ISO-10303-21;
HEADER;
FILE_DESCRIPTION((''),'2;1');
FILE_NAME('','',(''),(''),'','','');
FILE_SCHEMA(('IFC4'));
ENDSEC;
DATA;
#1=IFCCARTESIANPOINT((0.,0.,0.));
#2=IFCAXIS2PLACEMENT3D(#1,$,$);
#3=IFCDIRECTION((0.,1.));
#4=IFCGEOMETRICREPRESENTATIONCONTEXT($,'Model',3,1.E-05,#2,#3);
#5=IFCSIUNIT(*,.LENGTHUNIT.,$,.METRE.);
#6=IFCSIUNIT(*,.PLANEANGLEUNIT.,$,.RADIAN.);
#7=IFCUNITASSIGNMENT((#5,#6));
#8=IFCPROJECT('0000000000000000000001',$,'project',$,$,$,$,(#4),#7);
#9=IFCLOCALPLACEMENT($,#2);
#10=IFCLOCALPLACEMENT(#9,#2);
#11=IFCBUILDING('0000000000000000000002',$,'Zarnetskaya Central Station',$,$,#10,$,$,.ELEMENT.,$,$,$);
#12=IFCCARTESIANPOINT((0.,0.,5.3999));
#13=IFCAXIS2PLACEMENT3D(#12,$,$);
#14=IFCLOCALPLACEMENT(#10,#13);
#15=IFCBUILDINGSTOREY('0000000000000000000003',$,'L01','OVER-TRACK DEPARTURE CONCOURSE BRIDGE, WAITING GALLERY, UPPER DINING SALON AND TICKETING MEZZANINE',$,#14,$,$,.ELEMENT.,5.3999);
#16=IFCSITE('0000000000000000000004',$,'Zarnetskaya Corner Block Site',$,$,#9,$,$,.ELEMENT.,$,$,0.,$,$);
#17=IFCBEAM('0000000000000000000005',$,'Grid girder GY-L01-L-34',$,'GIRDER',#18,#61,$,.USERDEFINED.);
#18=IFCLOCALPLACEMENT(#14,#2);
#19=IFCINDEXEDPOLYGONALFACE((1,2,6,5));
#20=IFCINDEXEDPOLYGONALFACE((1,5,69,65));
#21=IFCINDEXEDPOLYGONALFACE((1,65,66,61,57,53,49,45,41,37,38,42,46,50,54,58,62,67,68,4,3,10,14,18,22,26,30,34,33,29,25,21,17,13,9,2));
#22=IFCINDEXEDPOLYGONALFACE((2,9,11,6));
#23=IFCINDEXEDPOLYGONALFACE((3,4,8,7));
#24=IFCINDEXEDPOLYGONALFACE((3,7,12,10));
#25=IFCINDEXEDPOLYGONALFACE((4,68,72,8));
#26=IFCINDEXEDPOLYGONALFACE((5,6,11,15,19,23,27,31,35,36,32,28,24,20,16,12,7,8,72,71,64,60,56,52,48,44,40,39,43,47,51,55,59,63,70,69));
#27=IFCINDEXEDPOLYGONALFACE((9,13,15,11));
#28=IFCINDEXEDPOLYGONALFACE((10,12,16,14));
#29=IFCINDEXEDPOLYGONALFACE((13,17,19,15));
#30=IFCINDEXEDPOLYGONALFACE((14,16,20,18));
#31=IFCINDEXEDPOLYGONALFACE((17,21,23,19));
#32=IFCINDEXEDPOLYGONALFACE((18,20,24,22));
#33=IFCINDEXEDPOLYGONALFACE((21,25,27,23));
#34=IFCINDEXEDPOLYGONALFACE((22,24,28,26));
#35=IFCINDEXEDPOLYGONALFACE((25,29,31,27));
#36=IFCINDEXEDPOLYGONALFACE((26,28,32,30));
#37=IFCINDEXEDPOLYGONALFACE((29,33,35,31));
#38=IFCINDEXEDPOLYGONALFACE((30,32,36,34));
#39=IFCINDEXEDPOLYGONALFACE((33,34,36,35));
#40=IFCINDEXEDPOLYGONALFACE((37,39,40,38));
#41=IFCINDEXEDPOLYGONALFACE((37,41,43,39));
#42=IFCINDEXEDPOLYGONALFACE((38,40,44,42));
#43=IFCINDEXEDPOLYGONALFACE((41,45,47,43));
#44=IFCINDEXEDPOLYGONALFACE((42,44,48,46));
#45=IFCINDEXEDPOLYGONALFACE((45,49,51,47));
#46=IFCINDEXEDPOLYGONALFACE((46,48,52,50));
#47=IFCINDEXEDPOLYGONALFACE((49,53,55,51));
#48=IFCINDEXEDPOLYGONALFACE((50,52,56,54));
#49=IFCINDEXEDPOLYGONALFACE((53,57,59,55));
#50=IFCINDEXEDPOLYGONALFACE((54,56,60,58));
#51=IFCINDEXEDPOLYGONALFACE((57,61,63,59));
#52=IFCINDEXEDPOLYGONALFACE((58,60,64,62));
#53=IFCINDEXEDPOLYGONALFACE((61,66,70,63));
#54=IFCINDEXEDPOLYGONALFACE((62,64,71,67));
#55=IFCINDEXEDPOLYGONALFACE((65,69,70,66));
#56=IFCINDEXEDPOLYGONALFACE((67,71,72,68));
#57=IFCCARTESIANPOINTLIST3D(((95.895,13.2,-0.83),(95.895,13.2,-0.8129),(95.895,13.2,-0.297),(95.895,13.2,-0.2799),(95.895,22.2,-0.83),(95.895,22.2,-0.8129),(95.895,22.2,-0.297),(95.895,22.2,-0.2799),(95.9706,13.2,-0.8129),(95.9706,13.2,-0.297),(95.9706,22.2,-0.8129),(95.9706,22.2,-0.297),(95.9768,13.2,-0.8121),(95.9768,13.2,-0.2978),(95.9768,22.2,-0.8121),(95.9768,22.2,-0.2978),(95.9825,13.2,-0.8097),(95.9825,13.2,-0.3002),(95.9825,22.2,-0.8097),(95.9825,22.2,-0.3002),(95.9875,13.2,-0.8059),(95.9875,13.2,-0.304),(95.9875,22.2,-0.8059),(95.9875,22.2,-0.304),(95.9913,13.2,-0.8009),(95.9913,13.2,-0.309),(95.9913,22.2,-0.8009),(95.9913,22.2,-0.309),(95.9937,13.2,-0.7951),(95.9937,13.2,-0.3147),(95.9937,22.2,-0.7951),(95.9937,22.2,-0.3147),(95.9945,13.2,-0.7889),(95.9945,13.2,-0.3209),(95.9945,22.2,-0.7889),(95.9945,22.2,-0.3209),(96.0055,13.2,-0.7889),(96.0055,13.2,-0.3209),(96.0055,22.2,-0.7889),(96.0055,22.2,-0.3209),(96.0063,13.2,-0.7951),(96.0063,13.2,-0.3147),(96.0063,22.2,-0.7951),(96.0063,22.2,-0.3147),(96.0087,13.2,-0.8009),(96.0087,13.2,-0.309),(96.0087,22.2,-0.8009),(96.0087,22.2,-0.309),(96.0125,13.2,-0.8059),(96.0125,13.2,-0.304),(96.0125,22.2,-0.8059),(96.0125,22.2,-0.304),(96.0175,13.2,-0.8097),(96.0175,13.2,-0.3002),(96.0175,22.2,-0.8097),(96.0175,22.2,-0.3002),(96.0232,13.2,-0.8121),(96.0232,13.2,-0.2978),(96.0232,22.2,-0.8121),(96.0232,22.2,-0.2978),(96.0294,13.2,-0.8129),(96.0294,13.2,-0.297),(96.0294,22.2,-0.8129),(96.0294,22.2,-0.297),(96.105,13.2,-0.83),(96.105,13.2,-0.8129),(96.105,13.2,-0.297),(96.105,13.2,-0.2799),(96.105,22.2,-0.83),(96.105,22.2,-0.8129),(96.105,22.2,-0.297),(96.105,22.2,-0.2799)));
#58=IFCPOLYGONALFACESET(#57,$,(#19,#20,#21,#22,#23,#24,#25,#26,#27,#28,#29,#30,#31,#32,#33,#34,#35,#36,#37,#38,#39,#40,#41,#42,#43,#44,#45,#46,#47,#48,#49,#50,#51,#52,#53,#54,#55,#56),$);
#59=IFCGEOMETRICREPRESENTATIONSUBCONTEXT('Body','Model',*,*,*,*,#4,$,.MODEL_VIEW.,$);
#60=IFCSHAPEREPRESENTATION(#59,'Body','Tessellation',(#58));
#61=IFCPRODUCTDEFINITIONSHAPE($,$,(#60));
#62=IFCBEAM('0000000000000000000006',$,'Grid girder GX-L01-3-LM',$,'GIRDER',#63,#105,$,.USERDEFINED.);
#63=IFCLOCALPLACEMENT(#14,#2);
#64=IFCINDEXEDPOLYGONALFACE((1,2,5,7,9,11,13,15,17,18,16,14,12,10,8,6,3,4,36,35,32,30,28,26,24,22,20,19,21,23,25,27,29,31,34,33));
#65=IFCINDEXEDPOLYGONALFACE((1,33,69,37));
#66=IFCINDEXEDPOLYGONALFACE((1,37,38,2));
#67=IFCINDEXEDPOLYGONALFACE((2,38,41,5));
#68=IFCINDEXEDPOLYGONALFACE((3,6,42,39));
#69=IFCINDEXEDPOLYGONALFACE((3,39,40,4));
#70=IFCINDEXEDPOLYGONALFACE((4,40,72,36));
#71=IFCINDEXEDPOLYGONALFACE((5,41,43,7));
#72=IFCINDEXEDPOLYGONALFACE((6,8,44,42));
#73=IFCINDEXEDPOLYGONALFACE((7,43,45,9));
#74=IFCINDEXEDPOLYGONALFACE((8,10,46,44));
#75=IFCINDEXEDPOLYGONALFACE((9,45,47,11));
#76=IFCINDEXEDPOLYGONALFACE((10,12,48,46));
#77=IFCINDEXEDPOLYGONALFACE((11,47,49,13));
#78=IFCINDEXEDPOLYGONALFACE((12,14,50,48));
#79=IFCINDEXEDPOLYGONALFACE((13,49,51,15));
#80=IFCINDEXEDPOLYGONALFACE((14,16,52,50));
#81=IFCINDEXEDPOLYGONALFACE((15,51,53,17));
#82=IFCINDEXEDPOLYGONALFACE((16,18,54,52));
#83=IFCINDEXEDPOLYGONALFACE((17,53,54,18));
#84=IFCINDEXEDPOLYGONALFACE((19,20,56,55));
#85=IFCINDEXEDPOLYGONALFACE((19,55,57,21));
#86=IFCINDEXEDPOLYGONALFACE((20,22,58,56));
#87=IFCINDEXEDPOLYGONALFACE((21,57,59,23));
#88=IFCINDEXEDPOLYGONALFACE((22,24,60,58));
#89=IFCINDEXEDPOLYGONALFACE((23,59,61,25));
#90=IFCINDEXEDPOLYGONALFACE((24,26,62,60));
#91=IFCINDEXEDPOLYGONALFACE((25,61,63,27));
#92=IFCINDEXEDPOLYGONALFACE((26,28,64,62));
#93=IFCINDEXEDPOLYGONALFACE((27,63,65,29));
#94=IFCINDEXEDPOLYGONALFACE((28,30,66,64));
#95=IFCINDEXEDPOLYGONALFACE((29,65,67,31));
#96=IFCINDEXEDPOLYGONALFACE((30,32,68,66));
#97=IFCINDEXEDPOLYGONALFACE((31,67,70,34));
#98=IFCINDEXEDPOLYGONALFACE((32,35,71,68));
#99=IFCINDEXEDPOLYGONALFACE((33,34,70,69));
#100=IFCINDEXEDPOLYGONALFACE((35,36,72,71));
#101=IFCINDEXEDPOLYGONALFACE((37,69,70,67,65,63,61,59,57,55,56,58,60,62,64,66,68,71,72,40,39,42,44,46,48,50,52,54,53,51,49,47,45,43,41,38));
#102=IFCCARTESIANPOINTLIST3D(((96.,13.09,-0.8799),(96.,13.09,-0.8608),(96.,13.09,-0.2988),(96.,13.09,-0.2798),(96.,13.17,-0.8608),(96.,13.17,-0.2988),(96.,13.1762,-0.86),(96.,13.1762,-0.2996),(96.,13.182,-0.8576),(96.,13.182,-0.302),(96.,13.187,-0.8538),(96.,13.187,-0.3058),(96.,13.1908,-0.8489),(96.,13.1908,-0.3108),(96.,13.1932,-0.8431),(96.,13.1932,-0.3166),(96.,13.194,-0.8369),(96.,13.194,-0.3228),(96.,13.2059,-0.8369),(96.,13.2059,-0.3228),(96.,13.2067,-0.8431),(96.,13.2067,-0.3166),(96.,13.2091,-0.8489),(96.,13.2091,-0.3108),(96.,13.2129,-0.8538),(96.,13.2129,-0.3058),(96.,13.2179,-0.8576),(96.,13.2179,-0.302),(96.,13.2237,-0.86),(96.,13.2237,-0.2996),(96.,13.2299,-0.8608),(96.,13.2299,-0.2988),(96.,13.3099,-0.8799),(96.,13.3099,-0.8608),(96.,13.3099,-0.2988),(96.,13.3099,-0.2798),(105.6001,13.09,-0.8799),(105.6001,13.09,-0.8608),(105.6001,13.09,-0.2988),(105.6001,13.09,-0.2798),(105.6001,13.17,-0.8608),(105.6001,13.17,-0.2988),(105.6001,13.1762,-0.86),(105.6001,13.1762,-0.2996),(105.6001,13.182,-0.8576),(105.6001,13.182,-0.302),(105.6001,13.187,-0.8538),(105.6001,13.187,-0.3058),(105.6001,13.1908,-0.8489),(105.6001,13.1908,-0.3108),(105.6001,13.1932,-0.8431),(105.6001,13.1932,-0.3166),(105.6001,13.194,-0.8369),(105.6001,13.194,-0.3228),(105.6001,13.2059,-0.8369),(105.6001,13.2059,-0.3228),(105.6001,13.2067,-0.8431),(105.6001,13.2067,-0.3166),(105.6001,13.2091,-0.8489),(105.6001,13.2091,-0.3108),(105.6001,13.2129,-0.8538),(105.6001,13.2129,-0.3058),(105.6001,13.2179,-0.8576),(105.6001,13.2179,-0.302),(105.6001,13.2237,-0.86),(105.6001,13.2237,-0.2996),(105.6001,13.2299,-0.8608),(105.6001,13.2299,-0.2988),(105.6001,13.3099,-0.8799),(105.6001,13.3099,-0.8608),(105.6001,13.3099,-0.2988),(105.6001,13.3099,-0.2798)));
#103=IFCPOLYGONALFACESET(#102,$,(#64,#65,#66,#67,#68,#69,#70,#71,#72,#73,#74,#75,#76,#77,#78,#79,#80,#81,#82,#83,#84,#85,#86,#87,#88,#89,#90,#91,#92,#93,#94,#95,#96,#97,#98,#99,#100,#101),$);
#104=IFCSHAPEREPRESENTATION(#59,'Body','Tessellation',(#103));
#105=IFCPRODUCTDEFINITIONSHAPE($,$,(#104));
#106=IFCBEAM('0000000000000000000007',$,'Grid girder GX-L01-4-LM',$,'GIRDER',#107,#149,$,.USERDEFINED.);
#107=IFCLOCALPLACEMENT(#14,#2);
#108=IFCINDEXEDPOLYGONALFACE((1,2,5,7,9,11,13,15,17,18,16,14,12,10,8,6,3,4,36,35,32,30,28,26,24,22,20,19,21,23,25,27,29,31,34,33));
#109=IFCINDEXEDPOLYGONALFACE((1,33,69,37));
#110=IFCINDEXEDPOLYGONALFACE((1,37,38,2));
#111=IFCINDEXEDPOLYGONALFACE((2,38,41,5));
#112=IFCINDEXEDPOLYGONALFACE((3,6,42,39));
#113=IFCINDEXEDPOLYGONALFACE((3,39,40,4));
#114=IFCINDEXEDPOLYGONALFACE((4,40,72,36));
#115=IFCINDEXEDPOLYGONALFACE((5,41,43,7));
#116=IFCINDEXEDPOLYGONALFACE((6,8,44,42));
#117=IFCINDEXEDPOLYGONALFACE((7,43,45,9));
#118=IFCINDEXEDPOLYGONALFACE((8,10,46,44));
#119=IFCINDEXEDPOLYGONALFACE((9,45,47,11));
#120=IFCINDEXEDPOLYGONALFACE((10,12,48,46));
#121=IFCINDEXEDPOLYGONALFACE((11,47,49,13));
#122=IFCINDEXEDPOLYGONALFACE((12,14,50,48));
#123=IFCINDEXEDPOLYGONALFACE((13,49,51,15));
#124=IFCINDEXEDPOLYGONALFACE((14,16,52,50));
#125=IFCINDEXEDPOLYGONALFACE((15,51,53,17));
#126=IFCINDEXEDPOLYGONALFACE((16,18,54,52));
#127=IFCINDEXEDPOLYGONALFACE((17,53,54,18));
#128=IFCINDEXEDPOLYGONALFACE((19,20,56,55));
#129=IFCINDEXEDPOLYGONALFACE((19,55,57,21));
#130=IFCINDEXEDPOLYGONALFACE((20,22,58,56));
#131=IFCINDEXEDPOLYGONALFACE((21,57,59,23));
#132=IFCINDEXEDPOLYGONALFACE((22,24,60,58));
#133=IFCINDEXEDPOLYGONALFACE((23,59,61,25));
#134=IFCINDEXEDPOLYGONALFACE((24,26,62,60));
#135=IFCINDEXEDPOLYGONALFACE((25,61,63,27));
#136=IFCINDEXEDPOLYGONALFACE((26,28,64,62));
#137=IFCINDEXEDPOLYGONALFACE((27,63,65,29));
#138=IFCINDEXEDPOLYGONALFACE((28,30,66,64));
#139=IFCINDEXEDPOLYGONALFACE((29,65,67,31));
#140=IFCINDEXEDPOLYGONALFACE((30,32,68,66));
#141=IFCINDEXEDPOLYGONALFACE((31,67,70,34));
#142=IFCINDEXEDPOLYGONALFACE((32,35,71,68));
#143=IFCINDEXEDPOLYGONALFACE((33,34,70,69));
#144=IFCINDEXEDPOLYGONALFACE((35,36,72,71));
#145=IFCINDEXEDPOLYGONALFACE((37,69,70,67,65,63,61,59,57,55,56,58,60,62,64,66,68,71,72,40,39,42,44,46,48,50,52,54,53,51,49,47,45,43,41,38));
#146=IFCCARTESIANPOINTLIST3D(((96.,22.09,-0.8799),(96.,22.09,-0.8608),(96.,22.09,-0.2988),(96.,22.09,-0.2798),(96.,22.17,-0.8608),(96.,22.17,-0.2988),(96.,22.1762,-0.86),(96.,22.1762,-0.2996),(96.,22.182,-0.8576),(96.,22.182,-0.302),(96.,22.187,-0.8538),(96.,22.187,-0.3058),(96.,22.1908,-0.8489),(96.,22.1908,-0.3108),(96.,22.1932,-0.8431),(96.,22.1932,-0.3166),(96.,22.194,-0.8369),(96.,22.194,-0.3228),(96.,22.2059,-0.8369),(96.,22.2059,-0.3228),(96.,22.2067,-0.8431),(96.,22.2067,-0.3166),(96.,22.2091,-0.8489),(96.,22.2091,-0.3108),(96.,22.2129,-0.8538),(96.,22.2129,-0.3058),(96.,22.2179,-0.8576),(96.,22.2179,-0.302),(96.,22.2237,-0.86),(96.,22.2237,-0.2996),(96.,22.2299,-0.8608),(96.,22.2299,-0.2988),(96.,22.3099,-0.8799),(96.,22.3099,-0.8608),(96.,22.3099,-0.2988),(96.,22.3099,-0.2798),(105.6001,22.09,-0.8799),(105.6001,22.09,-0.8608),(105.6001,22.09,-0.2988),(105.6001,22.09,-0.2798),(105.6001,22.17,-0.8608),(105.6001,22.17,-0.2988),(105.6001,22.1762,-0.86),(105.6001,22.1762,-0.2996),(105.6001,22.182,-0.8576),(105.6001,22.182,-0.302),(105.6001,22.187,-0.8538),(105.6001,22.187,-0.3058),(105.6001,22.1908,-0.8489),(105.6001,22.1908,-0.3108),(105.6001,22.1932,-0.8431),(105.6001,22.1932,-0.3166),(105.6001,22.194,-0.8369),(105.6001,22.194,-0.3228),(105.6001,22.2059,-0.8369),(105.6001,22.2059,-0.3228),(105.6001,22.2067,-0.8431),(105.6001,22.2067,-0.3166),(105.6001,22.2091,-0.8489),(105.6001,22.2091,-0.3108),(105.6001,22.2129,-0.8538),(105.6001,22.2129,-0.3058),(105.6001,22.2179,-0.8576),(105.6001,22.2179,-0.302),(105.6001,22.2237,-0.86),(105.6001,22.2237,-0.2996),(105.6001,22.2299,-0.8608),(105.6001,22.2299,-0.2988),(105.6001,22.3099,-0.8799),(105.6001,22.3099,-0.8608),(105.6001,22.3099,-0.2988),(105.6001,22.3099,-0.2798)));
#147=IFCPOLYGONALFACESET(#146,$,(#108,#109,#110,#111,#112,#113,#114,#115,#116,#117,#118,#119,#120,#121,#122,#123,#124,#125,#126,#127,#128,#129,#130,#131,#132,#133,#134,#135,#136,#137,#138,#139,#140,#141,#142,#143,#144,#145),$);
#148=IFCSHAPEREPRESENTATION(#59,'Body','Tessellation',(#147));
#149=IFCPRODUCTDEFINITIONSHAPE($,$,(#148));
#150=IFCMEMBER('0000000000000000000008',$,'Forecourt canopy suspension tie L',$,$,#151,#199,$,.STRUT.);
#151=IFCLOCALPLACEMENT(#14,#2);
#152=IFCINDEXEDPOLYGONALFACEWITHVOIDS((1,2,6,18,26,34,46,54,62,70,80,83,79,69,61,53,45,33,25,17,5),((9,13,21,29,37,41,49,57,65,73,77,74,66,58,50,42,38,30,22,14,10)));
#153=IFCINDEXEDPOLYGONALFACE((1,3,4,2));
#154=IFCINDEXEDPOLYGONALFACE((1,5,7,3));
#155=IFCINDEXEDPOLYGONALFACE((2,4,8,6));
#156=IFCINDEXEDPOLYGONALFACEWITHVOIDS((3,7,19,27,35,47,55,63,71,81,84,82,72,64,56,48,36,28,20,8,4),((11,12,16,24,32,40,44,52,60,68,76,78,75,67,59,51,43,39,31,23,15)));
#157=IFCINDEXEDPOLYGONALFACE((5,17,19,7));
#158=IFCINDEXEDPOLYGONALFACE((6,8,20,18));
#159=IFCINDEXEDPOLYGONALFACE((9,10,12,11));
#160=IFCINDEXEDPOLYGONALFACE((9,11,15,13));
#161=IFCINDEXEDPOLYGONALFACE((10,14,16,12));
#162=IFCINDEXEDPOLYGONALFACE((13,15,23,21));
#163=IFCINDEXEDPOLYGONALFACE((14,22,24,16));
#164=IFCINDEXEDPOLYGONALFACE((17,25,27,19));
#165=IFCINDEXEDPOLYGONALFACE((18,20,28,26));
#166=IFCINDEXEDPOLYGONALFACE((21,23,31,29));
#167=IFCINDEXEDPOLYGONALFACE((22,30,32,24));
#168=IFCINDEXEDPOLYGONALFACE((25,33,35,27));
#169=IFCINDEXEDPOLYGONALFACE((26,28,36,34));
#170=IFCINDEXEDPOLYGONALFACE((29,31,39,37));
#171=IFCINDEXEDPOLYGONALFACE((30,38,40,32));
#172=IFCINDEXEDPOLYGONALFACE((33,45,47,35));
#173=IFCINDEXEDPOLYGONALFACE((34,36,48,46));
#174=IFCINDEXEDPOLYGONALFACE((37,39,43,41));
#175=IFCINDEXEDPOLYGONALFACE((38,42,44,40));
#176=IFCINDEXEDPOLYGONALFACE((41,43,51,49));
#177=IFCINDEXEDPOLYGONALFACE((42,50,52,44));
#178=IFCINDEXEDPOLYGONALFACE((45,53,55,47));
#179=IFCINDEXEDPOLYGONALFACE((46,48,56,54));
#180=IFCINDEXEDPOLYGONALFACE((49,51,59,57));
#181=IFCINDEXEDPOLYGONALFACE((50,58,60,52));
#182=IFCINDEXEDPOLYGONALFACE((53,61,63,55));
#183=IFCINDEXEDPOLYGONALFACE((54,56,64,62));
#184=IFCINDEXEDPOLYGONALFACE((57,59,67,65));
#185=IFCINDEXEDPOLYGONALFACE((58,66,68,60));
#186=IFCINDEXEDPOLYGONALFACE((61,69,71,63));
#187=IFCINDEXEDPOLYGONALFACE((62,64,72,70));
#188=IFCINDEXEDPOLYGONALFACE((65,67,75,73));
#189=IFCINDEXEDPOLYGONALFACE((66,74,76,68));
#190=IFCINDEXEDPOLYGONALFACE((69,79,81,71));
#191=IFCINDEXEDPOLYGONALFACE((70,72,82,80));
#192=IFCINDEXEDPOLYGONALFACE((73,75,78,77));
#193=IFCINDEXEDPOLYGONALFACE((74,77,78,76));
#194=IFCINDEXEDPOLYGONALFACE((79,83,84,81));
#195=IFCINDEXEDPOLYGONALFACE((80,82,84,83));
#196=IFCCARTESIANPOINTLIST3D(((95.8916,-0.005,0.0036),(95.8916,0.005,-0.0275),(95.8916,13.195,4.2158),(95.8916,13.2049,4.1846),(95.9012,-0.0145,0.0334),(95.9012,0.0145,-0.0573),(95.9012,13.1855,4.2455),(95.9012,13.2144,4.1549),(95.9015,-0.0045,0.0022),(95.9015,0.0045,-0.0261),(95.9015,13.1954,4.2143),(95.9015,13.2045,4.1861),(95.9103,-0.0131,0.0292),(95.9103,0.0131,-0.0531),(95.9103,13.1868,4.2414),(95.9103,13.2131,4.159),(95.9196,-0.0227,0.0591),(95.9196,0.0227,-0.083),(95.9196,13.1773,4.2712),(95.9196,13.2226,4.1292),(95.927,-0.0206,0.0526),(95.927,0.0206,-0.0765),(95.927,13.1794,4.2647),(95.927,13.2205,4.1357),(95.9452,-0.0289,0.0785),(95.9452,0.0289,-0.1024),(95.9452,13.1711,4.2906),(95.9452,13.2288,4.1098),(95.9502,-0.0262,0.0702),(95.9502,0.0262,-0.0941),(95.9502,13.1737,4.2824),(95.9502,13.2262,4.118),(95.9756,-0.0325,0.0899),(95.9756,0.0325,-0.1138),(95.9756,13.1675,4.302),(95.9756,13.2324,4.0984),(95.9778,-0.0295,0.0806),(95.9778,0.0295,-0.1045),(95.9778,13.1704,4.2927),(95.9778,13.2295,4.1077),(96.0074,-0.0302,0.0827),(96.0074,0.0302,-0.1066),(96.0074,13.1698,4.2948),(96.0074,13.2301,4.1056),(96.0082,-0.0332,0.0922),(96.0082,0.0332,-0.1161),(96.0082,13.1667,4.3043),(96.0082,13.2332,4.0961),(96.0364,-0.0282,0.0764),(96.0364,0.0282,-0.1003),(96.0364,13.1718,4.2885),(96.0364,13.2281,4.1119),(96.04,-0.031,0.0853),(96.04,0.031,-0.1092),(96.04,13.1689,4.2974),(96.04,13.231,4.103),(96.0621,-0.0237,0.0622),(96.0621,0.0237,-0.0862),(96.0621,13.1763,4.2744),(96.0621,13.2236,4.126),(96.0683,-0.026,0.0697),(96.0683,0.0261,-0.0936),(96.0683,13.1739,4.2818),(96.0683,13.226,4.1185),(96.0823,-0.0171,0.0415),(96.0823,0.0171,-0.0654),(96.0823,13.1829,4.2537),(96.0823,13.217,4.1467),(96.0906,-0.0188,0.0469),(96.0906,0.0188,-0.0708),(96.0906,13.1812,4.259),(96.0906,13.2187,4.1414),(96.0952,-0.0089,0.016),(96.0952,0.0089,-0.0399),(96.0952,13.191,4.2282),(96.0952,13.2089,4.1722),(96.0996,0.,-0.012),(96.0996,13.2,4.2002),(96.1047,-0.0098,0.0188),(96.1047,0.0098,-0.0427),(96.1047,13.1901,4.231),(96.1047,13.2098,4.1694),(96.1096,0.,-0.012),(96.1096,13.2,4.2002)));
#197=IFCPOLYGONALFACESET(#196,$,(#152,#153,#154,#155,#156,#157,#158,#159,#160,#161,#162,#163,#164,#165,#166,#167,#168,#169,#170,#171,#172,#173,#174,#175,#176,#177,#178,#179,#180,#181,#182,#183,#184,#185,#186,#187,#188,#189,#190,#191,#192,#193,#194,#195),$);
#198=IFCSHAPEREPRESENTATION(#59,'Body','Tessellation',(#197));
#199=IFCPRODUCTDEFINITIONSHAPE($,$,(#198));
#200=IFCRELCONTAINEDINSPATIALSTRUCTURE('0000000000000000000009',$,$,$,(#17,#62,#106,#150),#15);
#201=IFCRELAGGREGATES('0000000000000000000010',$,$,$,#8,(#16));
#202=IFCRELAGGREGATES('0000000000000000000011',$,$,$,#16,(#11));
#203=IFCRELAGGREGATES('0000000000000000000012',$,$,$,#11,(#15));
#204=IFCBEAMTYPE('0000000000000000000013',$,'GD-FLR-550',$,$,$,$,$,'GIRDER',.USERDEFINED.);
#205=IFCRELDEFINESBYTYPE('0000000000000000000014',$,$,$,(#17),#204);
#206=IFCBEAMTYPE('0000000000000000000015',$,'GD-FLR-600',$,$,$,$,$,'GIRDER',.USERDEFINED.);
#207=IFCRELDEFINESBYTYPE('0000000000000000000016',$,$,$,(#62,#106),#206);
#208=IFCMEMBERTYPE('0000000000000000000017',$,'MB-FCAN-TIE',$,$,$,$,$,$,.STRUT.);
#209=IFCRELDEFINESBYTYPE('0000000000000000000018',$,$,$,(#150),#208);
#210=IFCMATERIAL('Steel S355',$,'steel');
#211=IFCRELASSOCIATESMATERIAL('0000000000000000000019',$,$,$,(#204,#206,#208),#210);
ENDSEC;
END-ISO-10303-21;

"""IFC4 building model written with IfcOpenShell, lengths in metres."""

from ifc_helpers import new_model, si_unit, direction, frame, origin, origin_2d, place, context, subcontext, project, spatial, hollow_circle, i_section, extrude, material, material_profile, profile_set, type_object, element, save


model = new_model("IFC4")

# Units and contexts
model_context = context("Model", 3, precision=1e-05, world=origin(), true_north=direction((0.0, 1.0)))
body_context = subcontext(model_context, "Body", "Model", "MODEL_VIEW")
ifc_project = project(units=[si_unit("LENGTHUNIT", "METRE"), si_unit("PLANEANGLEUNIT", "RADIAN")], contexts=[model_context])

# Site, building, storey
site_placement = place(None, origin())
site = spatial("IfcSite", under=ifc_project, at=site_placement, Name="Zarnetskaya Corner Block Site", CompositionType="ELEMENT", RefElevation=0.0)
building_placement = place(site_placement, origin())
building = spatial("IfcBuilding", under=site, at=building_placement, Name="Zarnetskaya Central Station", CompositionType="ELEMENT")
storey_placement = place(building_placement, frame((0.0, 0.0, 5.3999)))
storey = spatial("IfcBuildingStorey", under=building, at=storey_placement, Name="L01", Description="OVER-TRACK DEPARTURE CONCOURSE BRIDGE, WAITING GALLERY, UPPER DINING SALON AND TICKETING MEZZANINE", CompositionType="ELEMENT", Elevation=5.3999)

# Shared definitions
ifc_material_1 = material(Name="Steel S355", Category="steel")

# Beams
ifc_material_profile_1 = material_profile(ifc_material_1, i_section(OverallWidth=0.21, OverallDepth=0.55, WebThickness=0.011, FlangeThickness=0.0171, FilletRadius=0.0239, at=origin_2d()), Name="IPE 550")
ifc_profile_set_1 = profile_set([ifc_material_profile_1], Name="Steel S355")
beam_type_1 = type_object("IfcBeamType", Name="GD-FLR-550", ElementType="GIRDER", PredefinedType="USERDEFINED", material=ifc_profile_set_1)
beam_placement = place(storey_placement, frame((96.0, 13.2, -0.5549), z_axis=(0.0, 1.0, 0.0), x_axis=(-1.0, 0.0, 0.0)))
element("IfcBeam", 1, at=beam_placement, inside=storey, type_object=beam_type_1, Name="Grid girder GY-L01-L-34", ObjectType="GIRDER", PredefinedType="USERDEFINED", context=body_context, shape_type="SweptSolid", body=[
    extrude(i_section(OverallWidth=0.21, OverallDepth=0.55, WebThickness=0.011, FlangeThickness=0.0171, FilletRadius=0.0239, at=origin_2d()), origin(), (0.0, 0.0, 1.0), 9.0),
])
ifc_material_profile_2 = material_profile(ifc_material_1, i_section(OverallWidth=0.22, OverallDepth=0.6001, WebThickness=0.012, FlangeThickness=0.019, FilletRadius=0.0239, at=origin_2d()), Name="IPE 600")
ifc_profile_set_2 = profile_set([ifc_material_profile_2], Name="Steel S355")
beam_type_2 = type_object("IfcBeamType", Name="GD-FLR-600", ElementType="GIRDER", PredefinedType="USERDEFINED", material=ifc_profile_set_2)
for number, where, z_axis, x_axis, name in (
    (2, (96.0, 13.2, -0.5798), (1.0, 0.0, 0.0), (0.0, 1.0, 0.0), "Grid girder GX-L01-3-LM"),
    (3, (96.0, 22.2, -0.5798), (1.0, 0.0, 0.0), (0.0, 1.0, 0.0), "Grid girder GX-L01-4-LM"),
):
    element("IfcBeam", number, at=place(storey_placement, frame(where, z_axis=z_axis, x_axis=x_axis)), inside=storey, type_object=beam_type_2, Name=name, ObjectType="GIRDER", PredefinedType="USERDEFINED", context=body_context, shape_type="SweptSolid", body=[
        extrude(i_section(OverallWidth=0.22, OverallDepth=0.6001, WebThickness=0.012, FlangeThickness=0.019, FilletRadius=0.0239, at=origin_2d()), origin(), (0.0, 0.0, 1.0), 9.6001),
    ])

# Member
ifc_material_profile_3 = material_profile(ifc_material_1, hollow_circle(Radius=0.1096, WallThickness=0.01, at=origin_2d()), Name="CHS 219.1x10")
ifc_profile_set_3 = profile_set([ifc_material_profile_3], Name="Steel S355")
member_type_1 = type_object("IfcMemberType", Name="MB-FCAN-TIE", PredefinedType="STRUT", material=ifc_profile_set_3)
member_1_placement = place(storey_placement, frame((96.0, 13.2, 4.2002), z_axis=(0.0, -0.952672, -0.304001), x_axis=(1.0, 0.0, 0.0)))
element("IfcMember", 4, at=member_1_placement, inside=storey, type_object=member_type_1, Name="Forecourt canopy suspension tie L", PredefinedType="STRUT", context=body_context, shape_type="SweptSolid", body=[
    extrude(hollow_circle(Radius=0.1096, WallThickness=0.01, at=origin_2d()), origin(), (0.0, 0.0, 1.0), 13.8557),
])

save(model, "model.ifc")
